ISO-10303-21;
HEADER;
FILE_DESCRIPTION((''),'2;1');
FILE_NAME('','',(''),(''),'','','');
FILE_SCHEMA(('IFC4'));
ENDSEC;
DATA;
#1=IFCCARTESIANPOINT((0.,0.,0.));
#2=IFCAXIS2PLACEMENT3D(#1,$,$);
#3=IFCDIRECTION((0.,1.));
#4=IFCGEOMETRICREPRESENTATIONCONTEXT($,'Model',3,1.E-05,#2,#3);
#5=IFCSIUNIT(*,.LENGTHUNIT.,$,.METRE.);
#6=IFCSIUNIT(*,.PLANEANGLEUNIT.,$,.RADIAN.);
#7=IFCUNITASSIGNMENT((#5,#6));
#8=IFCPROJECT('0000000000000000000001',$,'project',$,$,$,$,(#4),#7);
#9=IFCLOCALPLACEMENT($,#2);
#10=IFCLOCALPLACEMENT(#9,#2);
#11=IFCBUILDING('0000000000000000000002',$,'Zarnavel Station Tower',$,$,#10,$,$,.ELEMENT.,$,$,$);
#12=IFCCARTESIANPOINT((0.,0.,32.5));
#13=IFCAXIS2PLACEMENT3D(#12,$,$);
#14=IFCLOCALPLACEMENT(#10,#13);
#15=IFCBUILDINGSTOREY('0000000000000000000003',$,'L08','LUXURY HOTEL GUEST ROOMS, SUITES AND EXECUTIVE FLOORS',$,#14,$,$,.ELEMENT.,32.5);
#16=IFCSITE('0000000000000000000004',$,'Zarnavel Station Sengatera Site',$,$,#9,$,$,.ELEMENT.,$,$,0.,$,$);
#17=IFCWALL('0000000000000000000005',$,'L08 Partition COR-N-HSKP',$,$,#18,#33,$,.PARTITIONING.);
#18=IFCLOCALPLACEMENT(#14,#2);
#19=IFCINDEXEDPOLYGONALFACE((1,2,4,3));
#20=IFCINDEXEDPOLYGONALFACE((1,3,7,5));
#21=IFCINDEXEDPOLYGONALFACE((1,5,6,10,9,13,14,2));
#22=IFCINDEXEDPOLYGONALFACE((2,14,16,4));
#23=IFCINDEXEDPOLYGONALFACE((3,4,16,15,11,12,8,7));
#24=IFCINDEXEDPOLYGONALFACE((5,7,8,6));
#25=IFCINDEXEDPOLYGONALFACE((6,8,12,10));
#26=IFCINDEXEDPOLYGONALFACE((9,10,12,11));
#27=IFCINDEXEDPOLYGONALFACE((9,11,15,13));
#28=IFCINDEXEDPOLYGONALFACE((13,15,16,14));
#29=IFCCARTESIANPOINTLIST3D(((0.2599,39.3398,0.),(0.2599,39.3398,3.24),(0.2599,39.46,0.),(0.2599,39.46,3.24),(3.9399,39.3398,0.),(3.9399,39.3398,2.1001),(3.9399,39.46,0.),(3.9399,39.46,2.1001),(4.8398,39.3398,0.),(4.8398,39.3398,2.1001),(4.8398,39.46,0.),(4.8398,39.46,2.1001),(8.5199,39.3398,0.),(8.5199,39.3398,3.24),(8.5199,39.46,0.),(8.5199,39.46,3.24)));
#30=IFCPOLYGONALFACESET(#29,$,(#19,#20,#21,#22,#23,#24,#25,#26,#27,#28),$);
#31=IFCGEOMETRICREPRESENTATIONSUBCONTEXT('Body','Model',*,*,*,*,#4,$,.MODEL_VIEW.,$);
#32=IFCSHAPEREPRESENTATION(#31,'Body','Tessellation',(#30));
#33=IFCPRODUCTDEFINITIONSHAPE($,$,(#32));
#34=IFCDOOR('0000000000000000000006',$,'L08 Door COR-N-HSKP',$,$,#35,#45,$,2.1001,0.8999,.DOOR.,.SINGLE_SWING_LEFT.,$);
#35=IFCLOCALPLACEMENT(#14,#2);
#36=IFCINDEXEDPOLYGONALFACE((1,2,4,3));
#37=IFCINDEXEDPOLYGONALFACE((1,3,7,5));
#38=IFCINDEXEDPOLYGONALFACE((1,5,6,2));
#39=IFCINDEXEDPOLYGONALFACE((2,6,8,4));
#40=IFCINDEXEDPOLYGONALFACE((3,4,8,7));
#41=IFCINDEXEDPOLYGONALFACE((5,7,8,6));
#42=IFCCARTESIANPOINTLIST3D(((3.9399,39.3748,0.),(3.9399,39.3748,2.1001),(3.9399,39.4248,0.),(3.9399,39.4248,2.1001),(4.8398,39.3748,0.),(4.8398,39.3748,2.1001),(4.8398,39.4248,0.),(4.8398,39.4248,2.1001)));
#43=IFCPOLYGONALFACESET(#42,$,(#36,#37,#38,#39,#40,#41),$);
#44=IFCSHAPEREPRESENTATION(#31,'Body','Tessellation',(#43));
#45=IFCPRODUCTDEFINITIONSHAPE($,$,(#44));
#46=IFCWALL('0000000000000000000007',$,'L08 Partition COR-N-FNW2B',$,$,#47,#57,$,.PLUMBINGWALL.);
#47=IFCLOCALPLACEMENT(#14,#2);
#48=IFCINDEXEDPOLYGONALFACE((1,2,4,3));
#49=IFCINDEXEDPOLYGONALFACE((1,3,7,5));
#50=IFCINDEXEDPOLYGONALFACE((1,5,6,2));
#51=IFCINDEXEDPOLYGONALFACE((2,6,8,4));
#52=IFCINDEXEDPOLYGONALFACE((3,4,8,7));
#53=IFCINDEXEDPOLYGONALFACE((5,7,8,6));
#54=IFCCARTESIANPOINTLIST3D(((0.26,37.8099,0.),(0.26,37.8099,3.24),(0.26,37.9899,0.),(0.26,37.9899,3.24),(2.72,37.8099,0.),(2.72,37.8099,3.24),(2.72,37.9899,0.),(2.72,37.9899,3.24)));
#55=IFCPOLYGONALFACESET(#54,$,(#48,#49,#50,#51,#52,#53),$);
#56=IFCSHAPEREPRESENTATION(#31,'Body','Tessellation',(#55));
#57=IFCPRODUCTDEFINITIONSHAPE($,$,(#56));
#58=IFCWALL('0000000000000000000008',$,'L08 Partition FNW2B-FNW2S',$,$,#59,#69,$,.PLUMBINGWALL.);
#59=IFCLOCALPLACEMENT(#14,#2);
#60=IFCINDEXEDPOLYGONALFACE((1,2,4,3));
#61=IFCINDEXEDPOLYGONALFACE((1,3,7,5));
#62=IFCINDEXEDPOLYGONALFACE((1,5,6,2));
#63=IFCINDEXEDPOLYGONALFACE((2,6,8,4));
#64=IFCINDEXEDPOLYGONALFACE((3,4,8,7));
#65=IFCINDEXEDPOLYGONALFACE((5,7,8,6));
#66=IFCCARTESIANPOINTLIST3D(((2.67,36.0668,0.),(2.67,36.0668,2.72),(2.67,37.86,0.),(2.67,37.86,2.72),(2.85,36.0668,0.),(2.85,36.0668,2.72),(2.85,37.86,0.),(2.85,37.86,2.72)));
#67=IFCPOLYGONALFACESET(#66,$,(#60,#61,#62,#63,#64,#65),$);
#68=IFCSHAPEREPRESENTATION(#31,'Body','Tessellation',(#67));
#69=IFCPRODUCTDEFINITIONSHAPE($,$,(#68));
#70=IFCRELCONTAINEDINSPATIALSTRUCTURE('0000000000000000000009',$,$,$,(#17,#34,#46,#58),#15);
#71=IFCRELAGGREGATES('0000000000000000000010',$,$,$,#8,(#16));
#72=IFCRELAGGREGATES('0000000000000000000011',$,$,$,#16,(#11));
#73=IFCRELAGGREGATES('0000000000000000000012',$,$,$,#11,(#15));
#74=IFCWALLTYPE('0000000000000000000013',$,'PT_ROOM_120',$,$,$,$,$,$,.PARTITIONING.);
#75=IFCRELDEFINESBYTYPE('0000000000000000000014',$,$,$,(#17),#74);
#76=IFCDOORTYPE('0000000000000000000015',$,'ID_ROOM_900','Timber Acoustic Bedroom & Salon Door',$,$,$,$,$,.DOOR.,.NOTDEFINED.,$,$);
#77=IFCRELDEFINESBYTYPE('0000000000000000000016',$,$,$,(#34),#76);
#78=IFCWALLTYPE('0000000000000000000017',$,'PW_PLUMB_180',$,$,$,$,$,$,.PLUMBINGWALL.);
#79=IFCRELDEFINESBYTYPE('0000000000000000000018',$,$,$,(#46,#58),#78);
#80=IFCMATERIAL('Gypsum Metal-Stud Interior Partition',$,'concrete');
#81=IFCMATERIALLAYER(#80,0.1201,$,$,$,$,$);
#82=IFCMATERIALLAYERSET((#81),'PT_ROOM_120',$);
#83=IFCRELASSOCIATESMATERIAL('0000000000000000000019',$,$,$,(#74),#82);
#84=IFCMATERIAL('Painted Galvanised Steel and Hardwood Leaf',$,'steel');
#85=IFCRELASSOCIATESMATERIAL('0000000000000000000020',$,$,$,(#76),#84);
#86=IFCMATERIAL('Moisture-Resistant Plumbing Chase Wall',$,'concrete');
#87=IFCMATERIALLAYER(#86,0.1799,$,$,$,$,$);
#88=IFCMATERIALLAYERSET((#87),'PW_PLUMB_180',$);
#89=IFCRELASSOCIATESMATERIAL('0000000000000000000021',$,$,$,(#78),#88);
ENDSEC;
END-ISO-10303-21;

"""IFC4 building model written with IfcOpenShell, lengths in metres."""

from ifc_helpers import new_model, si_unit, direction, frame, frame_2d, origin, place, context, subcontext, project, spatial, rectangle, extrude, material, layer, layer_set, type_object, element, fill, save


model = new_model("IFC4")

# Units and contexts
model_context = context("Model", 3, precision=1e-05, world=origin(), true_north=direction((0.0, 1.0)))
body_context = subcontext(model_context, "Body", "Model", "MODEL_VIEW")
ifc_project = project(units=[si_unit("LENGTHUNIT", "METRE"), si_unit("PLANEANGLEUNIT", "RADIAN")], contexts=[model_context])

# Site, building, storey
site_placement = place(None, origin())
site = spatial("IfcSite", under=ifc_project, at=site_placement, Name="Zarnavel Station Sengatera Site", CompositionType="ELEMENT", RefElevation=0.0)
building_placement = place(site_placement, origin())
building = spatial("IfcBuilding", under=site, at=building_placement, Name="Zarnavel Station Tower", CompositionType="ELEMENT")
storey_placement = place(building_placement, frame((0.0, 0.0, 32.5)))
storey = spatial("IfcBuildingStorey", under=building, at=storey_placement, Name="L08", Description="LUXURY HOTEL GUEST ROOMS, SUITES AND EXECUTIVE FLOORS", CompositionType="ELEMENT", Elevation=32.5)

# Wall, opening, door
ifc_material_1 = material(Name="Gypsum Metal-Stud Interior Partition", Category="concrete")
ifc_layer_1 = layer(ifc_material_1, 0.1201)
ifc_layer_set_1 = layer_set([ifc_layer_1], Name="PT_ROOM_120")
wall_type_1 = type_object("IfcWallType", Name="PT_ROOM_120", PredefinedType="PARTITIONING", material=ifc_layer_set_1)
wall_1_placement = place(storey_placement, frame((0.26, 39.3999, 0.0), z_axis=(0.0, 0.0, 1.0), x_axis=(1.0, 0.0, 0.0)))
wall_1 = element("IfcWall", 1, at=wall_1_placement, inside=storey, type_object=wall_type_1, Name="L08 Partition COR-N-HSKP", PredefinedType="PARTITIONING", context=body_context, shape_type="SweptSolid", body=[
    extrude(rectangle(XDim=8.26, YDim=0.1201, at=frame_2d((4.1299, 0.0))), origin(), (0.0, 0.0, 1.0), 3.24),
])
opening_placement = place(wall_1_placement, frame((3.6799, 0.0, 0.0)))
opening = element("IfcOpeningElement", 2, at=opening_placement, cuts=wall_1, PredefinedType="OPENING", context=body_context, shape_type="SweptSolid", body=[
    extrude(rectangle(XDim=0.8999, YDim=2.1001, at=frame_2d((0.45, 1.05))), frame((0.0, 0.0701, 0.0), z_axis=(0.0, -1.0, 0.0), x_axis=(1.0, 0.0, 0.0)), (0.0, 0.0, 1.0), 0.1401),
])
ifc_material_2 = material(Name="Painted Galvanised Steel and Hardwood Leaf", Category="steel")
door_type = type_object("IfcDoorType", Name="ID_ROOM_900", Description="Timber Acoustic Bedroom & Salon Door", OperationType="NOTDEFINED", PredefinedType="DOOR", material=ifc_material_2)
door_placement = place(opening_placement, origin())
door = element("IfcDoor", 3, at=door_placement, inside=storey, type_object=door_type, Name="L08 Door COR-N-HSKP", OperationType="SINGLE_SWING_LEFT", OverallHeight=2.1001, OverallWidth=0.8999, PredefinedType="DOOR", context=body_context, shape_type="SweptSolid", body=[
    extrude(rectangle(XDim=0.8999, YDim=2.1001, at=frame_2d((0.45, 1.05))), frame((0.0, 0.0249, 0.0), z_axis=(0.0, -1.0, 0.0), x_axis=(1.0, 0.0, 0.0)), (0.0, 0.0, 1.0), 0.05),
])
fill(opening, door)

# Walls
ifc_material_3 = material(Name="Moisture-Resistant Plumbing Chase Wall", Category="concrete")
ifc_layer_2 = layer(ifc_material_3, 0.1799)
ifc_layer_set_2 = layer_set([ifc_layer_2], Name="PW_PLUMB_180")
wall_type_2 = type_object("IfcWallType", Name="PW_PLUMB_180", PredefinedType="PLUMBINGWALL", material=ifc_layer_set_2)
wall_2_placement = place(storey_placement, frame((0.26, 37.8999, 0.0), z_axis=(0.0, 0.0, 1.0), x_axis=(1.0, 0.0, 0.0)))
element("IfcWall", 4, at=wall_2_placement, inside=storey, type_object=wall_type_2, Name="L08 Partition COR-N-FNW2B", PredefinedType="PLUMBINGWALL", context=body_context, shape_type="SweptSolid", body=[
    extrude(rectangle(XDim=2.46, YDim=0.1799, at=frame_2d((1.23, 0.0))), origin(), (0.0, 0.0, 1.0), 3.24),
])
wall_3_placement = place(storey_placement, frame((2.76, 36.0669, 0.0), z_axis=(0.0, 0.0, 1.0), x_axis=(0.0, 1.0, 0.0)))
element("IfcWall", 5, at=wall_3_placement, inside=storey, type_object=wall_type_2, Name="L08 Partition FNW2B-FNW2S", PredefinedType="PLUMBINGWALL", context=body_context, shape_type="SweptSolid", body=[
    extrude(rectangle(XDim=1.7932, YDim=0.1799, at=frame_2d((0.8965, 0.0))), origin(), (0.0, 0.0, 1.0), 2.72),
])

save(model, "model.ifc")
